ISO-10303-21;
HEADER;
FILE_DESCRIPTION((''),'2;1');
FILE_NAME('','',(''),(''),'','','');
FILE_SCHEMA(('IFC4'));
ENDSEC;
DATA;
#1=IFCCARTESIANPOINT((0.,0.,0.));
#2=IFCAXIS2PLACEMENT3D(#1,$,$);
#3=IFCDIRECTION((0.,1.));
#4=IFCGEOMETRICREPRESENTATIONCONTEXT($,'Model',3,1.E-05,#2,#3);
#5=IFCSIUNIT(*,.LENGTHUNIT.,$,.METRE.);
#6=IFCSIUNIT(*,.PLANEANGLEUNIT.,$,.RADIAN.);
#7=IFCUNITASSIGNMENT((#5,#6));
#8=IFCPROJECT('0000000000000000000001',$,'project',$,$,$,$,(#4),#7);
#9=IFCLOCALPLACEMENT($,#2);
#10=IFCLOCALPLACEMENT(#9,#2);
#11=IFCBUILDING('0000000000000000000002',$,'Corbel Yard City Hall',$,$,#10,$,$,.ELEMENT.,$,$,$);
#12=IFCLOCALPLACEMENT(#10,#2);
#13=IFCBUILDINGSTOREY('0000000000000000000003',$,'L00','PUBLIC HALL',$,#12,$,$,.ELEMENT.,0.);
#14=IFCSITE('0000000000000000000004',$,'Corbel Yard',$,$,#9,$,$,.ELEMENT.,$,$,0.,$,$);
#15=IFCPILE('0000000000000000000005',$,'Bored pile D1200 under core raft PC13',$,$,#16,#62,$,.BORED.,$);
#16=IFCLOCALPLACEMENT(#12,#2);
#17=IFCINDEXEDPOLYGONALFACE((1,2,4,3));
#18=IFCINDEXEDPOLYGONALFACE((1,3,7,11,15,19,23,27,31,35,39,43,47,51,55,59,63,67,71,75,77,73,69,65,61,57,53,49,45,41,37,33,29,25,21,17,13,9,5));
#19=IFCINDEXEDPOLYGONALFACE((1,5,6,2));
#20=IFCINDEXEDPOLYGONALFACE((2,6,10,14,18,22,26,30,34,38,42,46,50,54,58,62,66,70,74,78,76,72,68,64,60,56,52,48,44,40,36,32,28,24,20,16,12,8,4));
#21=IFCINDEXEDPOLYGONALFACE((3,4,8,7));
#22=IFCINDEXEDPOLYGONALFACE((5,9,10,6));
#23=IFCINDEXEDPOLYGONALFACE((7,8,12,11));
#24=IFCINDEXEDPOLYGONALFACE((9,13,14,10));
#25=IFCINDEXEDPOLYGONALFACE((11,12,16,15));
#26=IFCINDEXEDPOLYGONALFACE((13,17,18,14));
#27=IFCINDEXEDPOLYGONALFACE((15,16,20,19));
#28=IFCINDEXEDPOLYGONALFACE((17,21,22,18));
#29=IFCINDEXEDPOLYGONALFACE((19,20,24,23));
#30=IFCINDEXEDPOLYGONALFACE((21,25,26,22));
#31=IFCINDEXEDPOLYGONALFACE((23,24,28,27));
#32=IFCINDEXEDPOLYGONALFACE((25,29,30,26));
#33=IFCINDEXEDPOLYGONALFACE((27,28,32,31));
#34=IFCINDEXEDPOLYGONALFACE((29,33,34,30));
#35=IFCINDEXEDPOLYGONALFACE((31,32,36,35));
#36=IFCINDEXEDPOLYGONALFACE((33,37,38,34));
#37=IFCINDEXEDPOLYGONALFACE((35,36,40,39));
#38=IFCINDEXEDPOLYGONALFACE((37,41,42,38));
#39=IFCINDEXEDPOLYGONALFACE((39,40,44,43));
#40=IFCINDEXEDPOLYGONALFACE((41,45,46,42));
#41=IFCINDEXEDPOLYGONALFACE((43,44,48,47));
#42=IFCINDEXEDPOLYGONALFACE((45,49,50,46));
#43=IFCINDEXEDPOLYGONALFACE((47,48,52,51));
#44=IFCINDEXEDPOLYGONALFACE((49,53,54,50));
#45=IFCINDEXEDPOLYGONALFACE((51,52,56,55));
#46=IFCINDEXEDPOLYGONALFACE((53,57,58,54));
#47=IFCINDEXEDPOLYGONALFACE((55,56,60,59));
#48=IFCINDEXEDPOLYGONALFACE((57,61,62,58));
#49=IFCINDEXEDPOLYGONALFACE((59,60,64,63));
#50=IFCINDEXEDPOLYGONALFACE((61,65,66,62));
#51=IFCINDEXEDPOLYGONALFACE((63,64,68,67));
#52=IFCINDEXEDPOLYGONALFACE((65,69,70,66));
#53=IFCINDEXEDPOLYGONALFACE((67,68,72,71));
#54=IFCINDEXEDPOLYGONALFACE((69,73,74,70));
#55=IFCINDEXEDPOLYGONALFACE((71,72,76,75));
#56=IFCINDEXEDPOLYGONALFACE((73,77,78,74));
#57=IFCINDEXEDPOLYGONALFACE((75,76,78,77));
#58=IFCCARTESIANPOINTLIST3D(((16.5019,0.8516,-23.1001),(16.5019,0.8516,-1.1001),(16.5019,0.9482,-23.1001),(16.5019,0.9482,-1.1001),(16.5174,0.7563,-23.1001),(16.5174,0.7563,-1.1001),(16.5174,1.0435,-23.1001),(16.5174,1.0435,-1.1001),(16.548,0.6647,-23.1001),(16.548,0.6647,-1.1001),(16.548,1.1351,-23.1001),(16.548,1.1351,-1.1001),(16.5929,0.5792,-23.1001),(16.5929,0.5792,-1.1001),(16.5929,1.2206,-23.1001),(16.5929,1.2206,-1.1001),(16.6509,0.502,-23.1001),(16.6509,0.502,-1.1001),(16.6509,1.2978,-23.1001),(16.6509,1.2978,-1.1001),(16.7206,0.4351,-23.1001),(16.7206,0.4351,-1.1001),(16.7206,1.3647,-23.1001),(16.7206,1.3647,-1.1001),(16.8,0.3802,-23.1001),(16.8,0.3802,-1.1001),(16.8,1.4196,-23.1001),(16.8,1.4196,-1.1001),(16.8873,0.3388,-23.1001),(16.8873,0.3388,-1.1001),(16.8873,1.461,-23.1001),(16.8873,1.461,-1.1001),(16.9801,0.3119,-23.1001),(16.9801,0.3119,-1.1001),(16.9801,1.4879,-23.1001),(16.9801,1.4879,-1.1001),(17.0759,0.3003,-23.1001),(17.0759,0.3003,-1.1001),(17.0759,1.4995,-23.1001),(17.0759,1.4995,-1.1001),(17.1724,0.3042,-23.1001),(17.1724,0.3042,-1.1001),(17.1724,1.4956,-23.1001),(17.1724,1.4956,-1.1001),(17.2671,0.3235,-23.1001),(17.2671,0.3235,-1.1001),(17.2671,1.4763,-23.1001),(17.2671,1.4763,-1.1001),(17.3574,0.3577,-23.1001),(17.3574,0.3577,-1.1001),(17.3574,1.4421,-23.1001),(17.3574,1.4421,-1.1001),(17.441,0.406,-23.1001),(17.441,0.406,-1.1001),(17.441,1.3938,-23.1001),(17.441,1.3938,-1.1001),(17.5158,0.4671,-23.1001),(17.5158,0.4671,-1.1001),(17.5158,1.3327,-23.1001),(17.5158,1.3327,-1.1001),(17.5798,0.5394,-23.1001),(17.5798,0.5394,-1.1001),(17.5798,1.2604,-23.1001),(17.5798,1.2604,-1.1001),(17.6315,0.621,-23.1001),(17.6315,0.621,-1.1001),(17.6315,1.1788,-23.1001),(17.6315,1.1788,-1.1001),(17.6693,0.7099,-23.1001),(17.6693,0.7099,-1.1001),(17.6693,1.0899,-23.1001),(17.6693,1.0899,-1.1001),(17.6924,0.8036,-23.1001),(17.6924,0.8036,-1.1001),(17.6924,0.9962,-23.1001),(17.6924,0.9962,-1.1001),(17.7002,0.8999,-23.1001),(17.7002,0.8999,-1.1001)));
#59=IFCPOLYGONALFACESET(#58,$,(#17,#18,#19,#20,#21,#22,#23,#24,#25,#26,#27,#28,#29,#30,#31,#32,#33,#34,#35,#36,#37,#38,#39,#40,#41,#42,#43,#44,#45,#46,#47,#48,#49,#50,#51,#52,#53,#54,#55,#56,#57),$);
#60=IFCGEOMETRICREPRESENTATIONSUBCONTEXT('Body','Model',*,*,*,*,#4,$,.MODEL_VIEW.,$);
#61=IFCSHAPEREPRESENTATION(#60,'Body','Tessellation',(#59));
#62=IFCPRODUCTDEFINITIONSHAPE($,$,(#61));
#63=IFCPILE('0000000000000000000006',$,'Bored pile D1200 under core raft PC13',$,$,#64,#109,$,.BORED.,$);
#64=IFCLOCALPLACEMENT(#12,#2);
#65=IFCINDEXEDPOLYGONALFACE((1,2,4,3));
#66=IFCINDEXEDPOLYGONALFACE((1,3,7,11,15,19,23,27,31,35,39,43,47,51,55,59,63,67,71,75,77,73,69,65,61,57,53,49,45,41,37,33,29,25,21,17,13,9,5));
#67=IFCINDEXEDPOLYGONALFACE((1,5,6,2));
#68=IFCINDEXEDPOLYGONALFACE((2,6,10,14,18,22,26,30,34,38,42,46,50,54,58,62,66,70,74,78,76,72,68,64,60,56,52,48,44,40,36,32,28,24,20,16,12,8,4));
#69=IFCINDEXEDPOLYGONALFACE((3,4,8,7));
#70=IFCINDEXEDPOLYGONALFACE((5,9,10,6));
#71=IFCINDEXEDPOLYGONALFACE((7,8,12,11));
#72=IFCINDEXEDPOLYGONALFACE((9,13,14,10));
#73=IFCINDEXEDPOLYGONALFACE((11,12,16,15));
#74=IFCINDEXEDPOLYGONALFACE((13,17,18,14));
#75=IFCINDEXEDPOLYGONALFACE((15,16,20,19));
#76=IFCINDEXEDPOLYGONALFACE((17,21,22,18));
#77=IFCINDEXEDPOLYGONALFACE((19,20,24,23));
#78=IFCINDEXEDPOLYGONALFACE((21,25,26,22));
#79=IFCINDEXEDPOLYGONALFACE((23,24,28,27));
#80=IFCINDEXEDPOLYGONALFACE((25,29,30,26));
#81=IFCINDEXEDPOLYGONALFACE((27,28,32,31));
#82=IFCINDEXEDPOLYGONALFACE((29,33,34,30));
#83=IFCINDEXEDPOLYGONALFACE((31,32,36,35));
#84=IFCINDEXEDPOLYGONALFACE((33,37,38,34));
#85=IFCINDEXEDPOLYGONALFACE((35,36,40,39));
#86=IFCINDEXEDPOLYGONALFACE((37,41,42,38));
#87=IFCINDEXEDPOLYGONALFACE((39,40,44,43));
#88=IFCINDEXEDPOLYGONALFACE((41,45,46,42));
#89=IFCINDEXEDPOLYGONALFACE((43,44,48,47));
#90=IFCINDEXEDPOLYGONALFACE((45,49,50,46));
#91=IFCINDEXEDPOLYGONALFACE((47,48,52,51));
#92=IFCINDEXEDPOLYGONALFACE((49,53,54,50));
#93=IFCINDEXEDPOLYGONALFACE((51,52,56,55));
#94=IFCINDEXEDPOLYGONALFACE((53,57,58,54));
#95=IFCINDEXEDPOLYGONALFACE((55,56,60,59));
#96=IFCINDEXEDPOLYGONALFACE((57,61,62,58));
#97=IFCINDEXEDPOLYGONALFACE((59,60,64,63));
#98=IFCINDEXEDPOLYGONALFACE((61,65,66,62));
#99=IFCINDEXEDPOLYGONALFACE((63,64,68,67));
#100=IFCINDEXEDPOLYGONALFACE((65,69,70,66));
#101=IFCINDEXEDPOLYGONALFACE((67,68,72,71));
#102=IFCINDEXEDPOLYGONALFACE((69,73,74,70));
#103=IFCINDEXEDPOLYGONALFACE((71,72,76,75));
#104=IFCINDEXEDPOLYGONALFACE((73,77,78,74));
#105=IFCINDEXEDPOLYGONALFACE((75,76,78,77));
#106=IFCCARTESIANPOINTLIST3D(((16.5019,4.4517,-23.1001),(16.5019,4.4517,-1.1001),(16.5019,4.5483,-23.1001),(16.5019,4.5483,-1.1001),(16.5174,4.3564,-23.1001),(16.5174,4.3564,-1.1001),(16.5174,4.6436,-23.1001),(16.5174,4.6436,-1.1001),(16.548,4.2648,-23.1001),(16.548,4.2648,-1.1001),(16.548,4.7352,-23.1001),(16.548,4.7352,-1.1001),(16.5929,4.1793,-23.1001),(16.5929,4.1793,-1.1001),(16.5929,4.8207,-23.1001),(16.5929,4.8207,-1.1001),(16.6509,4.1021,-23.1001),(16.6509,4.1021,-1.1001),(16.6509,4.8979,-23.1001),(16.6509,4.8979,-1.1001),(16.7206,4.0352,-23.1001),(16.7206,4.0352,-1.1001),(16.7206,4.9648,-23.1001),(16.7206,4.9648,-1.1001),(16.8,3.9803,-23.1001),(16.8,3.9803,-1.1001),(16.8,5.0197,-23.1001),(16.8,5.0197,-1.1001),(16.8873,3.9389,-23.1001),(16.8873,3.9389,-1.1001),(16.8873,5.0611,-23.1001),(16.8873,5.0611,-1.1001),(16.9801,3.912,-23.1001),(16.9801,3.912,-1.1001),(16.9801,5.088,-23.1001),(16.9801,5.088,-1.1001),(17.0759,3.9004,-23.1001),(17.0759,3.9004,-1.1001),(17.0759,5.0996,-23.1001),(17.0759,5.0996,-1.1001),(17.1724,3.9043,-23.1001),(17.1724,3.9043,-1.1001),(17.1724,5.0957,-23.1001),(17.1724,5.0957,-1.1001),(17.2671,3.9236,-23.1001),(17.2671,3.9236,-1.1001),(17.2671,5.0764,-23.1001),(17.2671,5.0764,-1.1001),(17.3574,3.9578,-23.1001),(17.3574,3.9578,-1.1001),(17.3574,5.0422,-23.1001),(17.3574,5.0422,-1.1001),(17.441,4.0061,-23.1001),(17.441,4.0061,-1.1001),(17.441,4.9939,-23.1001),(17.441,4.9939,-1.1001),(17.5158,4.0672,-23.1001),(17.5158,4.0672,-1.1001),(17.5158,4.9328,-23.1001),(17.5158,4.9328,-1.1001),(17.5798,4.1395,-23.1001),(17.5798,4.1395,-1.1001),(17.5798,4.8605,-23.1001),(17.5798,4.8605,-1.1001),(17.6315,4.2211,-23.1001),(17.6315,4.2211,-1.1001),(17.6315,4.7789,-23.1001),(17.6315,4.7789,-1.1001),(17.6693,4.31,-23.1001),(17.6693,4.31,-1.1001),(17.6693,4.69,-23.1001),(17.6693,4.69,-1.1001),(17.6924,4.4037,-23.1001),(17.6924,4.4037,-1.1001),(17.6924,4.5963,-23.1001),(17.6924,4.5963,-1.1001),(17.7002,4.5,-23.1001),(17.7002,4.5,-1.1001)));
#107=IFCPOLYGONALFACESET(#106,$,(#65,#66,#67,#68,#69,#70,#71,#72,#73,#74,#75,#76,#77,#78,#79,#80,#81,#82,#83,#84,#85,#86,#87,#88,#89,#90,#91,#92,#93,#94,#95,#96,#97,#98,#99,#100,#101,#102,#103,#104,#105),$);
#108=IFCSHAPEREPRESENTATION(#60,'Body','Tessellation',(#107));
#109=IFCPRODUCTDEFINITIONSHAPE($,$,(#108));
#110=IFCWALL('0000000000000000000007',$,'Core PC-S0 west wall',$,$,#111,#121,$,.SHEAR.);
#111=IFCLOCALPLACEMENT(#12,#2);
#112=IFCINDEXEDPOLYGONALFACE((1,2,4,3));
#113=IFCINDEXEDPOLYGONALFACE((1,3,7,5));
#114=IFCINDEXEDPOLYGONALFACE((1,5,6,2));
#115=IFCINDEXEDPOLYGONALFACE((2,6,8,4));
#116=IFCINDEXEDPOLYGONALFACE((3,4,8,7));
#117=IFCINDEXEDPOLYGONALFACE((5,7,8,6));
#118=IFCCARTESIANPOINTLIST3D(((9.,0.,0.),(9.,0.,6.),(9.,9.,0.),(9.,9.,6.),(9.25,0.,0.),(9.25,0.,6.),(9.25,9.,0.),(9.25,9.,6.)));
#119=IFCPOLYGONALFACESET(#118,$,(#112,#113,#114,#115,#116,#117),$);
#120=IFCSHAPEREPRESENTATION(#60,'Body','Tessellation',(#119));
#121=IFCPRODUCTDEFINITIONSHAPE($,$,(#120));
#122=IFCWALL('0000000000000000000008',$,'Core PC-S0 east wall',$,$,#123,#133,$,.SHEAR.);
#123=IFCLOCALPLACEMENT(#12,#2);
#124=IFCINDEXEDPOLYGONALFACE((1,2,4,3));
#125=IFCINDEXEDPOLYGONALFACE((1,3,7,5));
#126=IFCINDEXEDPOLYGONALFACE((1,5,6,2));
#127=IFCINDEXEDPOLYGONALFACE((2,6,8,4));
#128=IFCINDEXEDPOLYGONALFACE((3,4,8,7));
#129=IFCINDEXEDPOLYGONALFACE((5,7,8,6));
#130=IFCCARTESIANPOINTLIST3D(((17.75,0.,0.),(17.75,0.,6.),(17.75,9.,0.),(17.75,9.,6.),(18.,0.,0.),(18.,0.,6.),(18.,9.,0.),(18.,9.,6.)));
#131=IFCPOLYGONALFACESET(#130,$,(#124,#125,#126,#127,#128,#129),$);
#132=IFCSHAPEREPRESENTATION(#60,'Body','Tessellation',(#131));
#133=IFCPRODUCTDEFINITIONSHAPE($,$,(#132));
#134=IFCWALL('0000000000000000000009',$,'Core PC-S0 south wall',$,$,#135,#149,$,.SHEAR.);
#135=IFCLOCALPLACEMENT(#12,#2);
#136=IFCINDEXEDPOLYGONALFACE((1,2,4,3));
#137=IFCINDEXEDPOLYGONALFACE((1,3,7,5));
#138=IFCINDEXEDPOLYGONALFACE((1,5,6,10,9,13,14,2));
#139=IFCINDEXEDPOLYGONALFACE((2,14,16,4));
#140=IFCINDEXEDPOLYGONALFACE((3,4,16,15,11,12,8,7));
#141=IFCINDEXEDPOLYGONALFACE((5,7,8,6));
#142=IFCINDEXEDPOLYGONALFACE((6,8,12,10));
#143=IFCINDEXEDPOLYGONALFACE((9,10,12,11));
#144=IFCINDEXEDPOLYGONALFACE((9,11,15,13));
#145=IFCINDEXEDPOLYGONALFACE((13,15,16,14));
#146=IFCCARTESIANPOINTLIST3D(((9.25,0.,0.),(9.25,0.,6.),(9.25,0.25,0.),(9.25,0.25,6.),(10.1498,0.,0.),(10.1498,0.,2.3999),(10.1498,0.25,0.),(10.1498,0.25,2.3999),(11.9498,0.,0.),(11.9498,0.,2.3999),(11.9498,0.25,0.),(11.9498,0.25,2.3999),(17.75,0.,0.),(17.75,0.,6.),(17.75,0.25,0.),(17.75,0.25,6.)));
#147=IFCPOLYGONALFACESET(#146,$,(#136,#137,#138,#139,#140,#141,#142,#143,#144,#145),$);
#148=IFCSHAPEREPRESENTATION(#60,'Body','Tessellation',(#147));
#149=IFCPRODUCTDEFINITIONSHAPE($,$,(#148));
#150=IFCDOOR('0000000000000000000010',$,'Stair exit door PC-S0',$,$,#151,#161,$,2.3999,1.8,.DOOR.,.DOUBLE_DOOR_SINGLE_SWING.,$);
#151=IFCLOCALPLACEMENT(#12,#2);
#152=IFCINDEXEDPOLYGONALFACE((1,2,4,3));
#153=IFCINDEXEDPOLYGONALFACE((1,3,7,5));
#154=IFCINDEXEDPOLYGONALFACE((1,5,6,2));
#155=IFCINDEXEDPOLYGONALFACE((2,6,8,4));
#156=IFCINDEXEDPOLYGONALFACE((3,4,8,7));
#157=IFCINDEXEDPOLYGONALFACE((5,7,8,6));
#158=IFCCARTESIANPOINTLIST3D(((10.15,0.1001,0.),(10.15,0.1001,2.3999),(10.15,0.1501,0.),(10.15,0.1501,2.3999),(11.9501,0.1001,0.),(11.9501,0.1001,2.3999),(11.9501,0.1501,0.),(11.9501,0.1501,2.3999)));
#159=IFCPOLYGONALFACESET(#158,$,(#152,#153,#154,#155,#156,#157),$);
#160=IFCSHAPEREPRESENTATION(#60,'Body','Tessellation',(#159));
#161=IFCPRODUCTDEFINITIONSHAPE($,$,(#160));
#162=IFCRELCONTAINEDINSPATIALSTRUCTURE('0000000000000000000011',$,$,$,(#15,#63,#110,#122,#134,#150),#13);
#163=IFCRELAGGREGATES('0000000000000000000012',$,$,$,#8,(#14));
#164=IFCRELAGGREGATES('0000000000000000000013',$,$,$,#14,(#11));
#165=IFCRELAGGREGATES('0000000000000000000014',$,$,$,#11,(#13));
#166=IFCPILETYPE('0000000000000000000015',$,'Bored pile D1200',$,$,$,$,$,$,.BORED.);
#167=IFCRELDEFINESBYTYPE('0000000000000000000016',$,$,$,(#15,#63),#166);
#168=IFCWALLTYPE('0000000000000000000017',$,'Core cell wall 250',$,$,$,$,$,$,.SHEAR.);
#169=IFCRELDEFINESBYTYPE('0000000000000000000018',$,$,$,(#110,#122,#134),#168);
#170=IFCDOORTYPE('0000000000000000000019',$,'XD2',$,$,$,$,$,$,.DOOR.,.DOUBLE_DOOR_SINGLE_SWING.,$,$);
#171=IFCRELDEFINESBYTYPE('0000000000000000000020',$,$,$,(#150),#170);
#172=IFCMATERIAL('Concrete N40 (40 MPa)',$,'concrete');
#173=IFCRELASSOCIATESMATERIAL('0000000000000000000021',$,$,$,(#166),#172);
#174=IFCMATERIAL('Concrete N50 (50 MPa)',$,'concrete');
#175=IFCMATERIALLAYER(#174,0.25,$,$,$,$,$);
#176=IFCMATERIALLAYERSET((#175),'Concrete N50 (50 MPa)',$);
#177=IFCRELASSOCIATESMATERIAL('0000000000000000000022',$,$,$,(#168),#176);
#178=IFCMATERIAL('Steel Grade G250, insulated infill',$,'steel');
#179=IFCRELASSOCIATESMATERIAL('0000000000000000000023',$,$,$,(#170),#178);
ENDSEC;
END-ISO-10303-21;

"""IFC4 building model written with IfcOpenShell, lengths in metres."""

from ifc_helpers import new_model, si_unit, direction, frame, frame_2d, origin, origin_2d, place, context, subcontext, project, spatial, rectangle, circle, extrude, material, layer, layer_set, material_profile, profile_set, type_object, element, fill, save


model = new_model("IFC4")

# Units and contexts
model_context = context("Model", 3, precision=1e-05, world=origin(), true_north=direction((0.0, 1.0)))
body_context = subcontext(model_context, "Body", "Model", "MODEL_VIEW")
ifc_project = project(units=[si_unit("LENGTHUNIT", "METRE"), si_unit("PLANEANGLEUNIT", "RADIAN")], contexts=[model_context])

# Site, building, storey
site_placement = place(None, origin())
site = spatial("IfcSite", under=ifc_project, at=site_placement, Name="Corbel Yard", CompositionType="ELEMENT", RefElevation=0.0)
building_placement = place(site_placement, origin())
building = spatial("IfcBuilding", under=site, at=building_placement, Name="Corbel Yard City Hall", CompositionType="ELEMENT")
storey_placement = place(building_placement, origin())
storey = spatial("IfcBuildingStorey", under=building, at=storey_placement, Name="L00", Description="PUBLIC HALL", CompositionType="ELEMENT", Elevation=0.0)

# Piles
ifc_material_1 = material(Name="Concrete N40 (40 MPa)", Category="concrete")
ifc_material_profile = material_profile(ifc_material_1, circle(Radius=0.6001, at=origin_2d()), Name="D1200")
ifc_profile_set = profile_set([ifc_material_profile], Name="Concrete N40 (40 MPa)")
pile_type = type_object("IfcPileType", Name="Bored pile D1200", PredefinedType="BORED", material=ifc_profile_set)
for number, where, z_axis, x_axis, name in (
    (1, (17.1001, 0.8999, -1.1001), (0.0, 0.0, -1.0), (1.0, 0.0, 0.0), "Bored pile D1200 under core raft PC13"),
    (2, (17.1001, 4.5, -1.1001), (0.0, 0.0, -1.0), (1.0, 0.0, 0.0), "Bored pile D1200 under core raft PC13"),
):
    element("IfcPile", number, at=place(storey_placement, frame(where, z_axis=z_axis, x_axis=x_axis)), inside=storey, type_object=pile_type, Name=name, PredefinedType="BORED", context=body_context, shape_type="SweptSolid", body=[
        extrude(circle(Radius=0.6001, at=origin_2d()), origin(), (0.0, 0.0, 1.0), 22.0),
    ])

# Walls
ifc_material_2 = material(Name="Concrete N50 (50 MPa)", Category="concrete")
ifc_layer_1 = layer(ifc_material_2, 0.25)
ifc_layer_set_1 = layer_set([ifc_layer_1], Name="Concrete N50 (50 MPa)")
wall_type_1 = type_object("IfcWallType", Name="Core cell wall 250", PredefinedType="SHEAR", material=ifc_layer_set_1)
for number, where, z_axis, x_axis, name in (
    (3, (9.125, 0.0, 0.0), (0.0, 0.0, 1.0), (0.0, 1.0, 0.0), "Core PC-S0 west wall"),
    (4, (17.875, 0.0, 0.0), (0.0, 0.0, 1.0), (0.0, 1.0, 0.0), "Core PC-S0 east wall"),
):
    element("IfcWall", number, at=place(storey_placement, frame(where, z_axis=z_axis, x_axis=x_axis)), inside=storey, type_object=wall_type_1, Name=name, PredefinedType="SHEAR", context=body_context, shape_type="SweptSolid", body=[
        extrude(rectangle(XDim=9.0, YDim=0.25, at=frame_2d((4.5, 0.0))), origin(), (0.0, 0.0, 1.0), 6.0),
    ])

# Wall, opening, door
wall_1_placement = place(storey_placement, frame((9.25, 0.125, 0.0), z_axis=(0.0, 0.0, 1.0), x_axis=(1.0, 0.0, 0.0)))
wall_1 = element("IfcWall", 5, at=wall_1_placement, inside=storey, type_object=wall_type_1, Name="Core PC-S0 south wall", PredefinedType="SHEAR", context=body_context, shape_type="SweptSolid", body=[
    extrude(rectangle(XDim=8.5, YDim=0.25, at=frame_2d((4.25, 0.0))), origin(), (0.0, 0.0, 1.0), 6.0),
])
opening_1_placement = place(wall_1_placement, frame((0.8999, 0.0, 0.0)))
opening_1 = element("IfcOpeningElement", 6, at=opening_1_placement, cuts=wall_1, PredefinedType="OPENING", context=body_context, shape_type="SweptSolid", body=[
    extrude(rectangle(XDim=1.8, YDim=2.3999, at=frame_2d((0.8999, 1.2))), frame((0.0, 0.135, 0.0), z_axis=(0.0, -1.0, 0.0), x_axis=(1.0, 0.0, 0.0)), (0.0, 0.0, 1.0), 0.27),
])
ifc_material_3 = material(Name="Steel Grade G250, insulated infill", Category="steel")
door_type_1 = type_object("IfcDoorType", Name="XD2", OperationType="DOUBLE_DOOR_SINGLE_SWING", PredefinedType="DOOR", material=ifc_material_3)
door_1_placement = place(opening_1_placement, frame((1.8, 0.0, 0.0), z_axis=(0.0, 0.0, 1.0), x_axis=(-1.0, 0.0, 0.0)))
door_1 = element("IfcDoor", 7, at=door_1_placement, inside=storey, type_object=door_type_1, Name="Stair exit door PC-S0", OperationType="DOUBLE_DOOR_SINGLE_SWING", OverallHeight=2.3999, OverallWidth=1.8, PredefinedType="DOOR", context=body_context, shape_type="SweptSolid", body=[
    extrude(rectangle(XDim=1.8, YDim=2.3999, at=frame_2d((0.8999, 1.2))), frame((0.0, 0.0249, 0.0), z_axis=(0.0, -1.0, 0.0), x_axis=(1.0, 0.0, 0.0)), (0.0, 0.0, 1.0), 0.05),
])
fill(opening_1, door_1)

save(model, "model.ifc")
